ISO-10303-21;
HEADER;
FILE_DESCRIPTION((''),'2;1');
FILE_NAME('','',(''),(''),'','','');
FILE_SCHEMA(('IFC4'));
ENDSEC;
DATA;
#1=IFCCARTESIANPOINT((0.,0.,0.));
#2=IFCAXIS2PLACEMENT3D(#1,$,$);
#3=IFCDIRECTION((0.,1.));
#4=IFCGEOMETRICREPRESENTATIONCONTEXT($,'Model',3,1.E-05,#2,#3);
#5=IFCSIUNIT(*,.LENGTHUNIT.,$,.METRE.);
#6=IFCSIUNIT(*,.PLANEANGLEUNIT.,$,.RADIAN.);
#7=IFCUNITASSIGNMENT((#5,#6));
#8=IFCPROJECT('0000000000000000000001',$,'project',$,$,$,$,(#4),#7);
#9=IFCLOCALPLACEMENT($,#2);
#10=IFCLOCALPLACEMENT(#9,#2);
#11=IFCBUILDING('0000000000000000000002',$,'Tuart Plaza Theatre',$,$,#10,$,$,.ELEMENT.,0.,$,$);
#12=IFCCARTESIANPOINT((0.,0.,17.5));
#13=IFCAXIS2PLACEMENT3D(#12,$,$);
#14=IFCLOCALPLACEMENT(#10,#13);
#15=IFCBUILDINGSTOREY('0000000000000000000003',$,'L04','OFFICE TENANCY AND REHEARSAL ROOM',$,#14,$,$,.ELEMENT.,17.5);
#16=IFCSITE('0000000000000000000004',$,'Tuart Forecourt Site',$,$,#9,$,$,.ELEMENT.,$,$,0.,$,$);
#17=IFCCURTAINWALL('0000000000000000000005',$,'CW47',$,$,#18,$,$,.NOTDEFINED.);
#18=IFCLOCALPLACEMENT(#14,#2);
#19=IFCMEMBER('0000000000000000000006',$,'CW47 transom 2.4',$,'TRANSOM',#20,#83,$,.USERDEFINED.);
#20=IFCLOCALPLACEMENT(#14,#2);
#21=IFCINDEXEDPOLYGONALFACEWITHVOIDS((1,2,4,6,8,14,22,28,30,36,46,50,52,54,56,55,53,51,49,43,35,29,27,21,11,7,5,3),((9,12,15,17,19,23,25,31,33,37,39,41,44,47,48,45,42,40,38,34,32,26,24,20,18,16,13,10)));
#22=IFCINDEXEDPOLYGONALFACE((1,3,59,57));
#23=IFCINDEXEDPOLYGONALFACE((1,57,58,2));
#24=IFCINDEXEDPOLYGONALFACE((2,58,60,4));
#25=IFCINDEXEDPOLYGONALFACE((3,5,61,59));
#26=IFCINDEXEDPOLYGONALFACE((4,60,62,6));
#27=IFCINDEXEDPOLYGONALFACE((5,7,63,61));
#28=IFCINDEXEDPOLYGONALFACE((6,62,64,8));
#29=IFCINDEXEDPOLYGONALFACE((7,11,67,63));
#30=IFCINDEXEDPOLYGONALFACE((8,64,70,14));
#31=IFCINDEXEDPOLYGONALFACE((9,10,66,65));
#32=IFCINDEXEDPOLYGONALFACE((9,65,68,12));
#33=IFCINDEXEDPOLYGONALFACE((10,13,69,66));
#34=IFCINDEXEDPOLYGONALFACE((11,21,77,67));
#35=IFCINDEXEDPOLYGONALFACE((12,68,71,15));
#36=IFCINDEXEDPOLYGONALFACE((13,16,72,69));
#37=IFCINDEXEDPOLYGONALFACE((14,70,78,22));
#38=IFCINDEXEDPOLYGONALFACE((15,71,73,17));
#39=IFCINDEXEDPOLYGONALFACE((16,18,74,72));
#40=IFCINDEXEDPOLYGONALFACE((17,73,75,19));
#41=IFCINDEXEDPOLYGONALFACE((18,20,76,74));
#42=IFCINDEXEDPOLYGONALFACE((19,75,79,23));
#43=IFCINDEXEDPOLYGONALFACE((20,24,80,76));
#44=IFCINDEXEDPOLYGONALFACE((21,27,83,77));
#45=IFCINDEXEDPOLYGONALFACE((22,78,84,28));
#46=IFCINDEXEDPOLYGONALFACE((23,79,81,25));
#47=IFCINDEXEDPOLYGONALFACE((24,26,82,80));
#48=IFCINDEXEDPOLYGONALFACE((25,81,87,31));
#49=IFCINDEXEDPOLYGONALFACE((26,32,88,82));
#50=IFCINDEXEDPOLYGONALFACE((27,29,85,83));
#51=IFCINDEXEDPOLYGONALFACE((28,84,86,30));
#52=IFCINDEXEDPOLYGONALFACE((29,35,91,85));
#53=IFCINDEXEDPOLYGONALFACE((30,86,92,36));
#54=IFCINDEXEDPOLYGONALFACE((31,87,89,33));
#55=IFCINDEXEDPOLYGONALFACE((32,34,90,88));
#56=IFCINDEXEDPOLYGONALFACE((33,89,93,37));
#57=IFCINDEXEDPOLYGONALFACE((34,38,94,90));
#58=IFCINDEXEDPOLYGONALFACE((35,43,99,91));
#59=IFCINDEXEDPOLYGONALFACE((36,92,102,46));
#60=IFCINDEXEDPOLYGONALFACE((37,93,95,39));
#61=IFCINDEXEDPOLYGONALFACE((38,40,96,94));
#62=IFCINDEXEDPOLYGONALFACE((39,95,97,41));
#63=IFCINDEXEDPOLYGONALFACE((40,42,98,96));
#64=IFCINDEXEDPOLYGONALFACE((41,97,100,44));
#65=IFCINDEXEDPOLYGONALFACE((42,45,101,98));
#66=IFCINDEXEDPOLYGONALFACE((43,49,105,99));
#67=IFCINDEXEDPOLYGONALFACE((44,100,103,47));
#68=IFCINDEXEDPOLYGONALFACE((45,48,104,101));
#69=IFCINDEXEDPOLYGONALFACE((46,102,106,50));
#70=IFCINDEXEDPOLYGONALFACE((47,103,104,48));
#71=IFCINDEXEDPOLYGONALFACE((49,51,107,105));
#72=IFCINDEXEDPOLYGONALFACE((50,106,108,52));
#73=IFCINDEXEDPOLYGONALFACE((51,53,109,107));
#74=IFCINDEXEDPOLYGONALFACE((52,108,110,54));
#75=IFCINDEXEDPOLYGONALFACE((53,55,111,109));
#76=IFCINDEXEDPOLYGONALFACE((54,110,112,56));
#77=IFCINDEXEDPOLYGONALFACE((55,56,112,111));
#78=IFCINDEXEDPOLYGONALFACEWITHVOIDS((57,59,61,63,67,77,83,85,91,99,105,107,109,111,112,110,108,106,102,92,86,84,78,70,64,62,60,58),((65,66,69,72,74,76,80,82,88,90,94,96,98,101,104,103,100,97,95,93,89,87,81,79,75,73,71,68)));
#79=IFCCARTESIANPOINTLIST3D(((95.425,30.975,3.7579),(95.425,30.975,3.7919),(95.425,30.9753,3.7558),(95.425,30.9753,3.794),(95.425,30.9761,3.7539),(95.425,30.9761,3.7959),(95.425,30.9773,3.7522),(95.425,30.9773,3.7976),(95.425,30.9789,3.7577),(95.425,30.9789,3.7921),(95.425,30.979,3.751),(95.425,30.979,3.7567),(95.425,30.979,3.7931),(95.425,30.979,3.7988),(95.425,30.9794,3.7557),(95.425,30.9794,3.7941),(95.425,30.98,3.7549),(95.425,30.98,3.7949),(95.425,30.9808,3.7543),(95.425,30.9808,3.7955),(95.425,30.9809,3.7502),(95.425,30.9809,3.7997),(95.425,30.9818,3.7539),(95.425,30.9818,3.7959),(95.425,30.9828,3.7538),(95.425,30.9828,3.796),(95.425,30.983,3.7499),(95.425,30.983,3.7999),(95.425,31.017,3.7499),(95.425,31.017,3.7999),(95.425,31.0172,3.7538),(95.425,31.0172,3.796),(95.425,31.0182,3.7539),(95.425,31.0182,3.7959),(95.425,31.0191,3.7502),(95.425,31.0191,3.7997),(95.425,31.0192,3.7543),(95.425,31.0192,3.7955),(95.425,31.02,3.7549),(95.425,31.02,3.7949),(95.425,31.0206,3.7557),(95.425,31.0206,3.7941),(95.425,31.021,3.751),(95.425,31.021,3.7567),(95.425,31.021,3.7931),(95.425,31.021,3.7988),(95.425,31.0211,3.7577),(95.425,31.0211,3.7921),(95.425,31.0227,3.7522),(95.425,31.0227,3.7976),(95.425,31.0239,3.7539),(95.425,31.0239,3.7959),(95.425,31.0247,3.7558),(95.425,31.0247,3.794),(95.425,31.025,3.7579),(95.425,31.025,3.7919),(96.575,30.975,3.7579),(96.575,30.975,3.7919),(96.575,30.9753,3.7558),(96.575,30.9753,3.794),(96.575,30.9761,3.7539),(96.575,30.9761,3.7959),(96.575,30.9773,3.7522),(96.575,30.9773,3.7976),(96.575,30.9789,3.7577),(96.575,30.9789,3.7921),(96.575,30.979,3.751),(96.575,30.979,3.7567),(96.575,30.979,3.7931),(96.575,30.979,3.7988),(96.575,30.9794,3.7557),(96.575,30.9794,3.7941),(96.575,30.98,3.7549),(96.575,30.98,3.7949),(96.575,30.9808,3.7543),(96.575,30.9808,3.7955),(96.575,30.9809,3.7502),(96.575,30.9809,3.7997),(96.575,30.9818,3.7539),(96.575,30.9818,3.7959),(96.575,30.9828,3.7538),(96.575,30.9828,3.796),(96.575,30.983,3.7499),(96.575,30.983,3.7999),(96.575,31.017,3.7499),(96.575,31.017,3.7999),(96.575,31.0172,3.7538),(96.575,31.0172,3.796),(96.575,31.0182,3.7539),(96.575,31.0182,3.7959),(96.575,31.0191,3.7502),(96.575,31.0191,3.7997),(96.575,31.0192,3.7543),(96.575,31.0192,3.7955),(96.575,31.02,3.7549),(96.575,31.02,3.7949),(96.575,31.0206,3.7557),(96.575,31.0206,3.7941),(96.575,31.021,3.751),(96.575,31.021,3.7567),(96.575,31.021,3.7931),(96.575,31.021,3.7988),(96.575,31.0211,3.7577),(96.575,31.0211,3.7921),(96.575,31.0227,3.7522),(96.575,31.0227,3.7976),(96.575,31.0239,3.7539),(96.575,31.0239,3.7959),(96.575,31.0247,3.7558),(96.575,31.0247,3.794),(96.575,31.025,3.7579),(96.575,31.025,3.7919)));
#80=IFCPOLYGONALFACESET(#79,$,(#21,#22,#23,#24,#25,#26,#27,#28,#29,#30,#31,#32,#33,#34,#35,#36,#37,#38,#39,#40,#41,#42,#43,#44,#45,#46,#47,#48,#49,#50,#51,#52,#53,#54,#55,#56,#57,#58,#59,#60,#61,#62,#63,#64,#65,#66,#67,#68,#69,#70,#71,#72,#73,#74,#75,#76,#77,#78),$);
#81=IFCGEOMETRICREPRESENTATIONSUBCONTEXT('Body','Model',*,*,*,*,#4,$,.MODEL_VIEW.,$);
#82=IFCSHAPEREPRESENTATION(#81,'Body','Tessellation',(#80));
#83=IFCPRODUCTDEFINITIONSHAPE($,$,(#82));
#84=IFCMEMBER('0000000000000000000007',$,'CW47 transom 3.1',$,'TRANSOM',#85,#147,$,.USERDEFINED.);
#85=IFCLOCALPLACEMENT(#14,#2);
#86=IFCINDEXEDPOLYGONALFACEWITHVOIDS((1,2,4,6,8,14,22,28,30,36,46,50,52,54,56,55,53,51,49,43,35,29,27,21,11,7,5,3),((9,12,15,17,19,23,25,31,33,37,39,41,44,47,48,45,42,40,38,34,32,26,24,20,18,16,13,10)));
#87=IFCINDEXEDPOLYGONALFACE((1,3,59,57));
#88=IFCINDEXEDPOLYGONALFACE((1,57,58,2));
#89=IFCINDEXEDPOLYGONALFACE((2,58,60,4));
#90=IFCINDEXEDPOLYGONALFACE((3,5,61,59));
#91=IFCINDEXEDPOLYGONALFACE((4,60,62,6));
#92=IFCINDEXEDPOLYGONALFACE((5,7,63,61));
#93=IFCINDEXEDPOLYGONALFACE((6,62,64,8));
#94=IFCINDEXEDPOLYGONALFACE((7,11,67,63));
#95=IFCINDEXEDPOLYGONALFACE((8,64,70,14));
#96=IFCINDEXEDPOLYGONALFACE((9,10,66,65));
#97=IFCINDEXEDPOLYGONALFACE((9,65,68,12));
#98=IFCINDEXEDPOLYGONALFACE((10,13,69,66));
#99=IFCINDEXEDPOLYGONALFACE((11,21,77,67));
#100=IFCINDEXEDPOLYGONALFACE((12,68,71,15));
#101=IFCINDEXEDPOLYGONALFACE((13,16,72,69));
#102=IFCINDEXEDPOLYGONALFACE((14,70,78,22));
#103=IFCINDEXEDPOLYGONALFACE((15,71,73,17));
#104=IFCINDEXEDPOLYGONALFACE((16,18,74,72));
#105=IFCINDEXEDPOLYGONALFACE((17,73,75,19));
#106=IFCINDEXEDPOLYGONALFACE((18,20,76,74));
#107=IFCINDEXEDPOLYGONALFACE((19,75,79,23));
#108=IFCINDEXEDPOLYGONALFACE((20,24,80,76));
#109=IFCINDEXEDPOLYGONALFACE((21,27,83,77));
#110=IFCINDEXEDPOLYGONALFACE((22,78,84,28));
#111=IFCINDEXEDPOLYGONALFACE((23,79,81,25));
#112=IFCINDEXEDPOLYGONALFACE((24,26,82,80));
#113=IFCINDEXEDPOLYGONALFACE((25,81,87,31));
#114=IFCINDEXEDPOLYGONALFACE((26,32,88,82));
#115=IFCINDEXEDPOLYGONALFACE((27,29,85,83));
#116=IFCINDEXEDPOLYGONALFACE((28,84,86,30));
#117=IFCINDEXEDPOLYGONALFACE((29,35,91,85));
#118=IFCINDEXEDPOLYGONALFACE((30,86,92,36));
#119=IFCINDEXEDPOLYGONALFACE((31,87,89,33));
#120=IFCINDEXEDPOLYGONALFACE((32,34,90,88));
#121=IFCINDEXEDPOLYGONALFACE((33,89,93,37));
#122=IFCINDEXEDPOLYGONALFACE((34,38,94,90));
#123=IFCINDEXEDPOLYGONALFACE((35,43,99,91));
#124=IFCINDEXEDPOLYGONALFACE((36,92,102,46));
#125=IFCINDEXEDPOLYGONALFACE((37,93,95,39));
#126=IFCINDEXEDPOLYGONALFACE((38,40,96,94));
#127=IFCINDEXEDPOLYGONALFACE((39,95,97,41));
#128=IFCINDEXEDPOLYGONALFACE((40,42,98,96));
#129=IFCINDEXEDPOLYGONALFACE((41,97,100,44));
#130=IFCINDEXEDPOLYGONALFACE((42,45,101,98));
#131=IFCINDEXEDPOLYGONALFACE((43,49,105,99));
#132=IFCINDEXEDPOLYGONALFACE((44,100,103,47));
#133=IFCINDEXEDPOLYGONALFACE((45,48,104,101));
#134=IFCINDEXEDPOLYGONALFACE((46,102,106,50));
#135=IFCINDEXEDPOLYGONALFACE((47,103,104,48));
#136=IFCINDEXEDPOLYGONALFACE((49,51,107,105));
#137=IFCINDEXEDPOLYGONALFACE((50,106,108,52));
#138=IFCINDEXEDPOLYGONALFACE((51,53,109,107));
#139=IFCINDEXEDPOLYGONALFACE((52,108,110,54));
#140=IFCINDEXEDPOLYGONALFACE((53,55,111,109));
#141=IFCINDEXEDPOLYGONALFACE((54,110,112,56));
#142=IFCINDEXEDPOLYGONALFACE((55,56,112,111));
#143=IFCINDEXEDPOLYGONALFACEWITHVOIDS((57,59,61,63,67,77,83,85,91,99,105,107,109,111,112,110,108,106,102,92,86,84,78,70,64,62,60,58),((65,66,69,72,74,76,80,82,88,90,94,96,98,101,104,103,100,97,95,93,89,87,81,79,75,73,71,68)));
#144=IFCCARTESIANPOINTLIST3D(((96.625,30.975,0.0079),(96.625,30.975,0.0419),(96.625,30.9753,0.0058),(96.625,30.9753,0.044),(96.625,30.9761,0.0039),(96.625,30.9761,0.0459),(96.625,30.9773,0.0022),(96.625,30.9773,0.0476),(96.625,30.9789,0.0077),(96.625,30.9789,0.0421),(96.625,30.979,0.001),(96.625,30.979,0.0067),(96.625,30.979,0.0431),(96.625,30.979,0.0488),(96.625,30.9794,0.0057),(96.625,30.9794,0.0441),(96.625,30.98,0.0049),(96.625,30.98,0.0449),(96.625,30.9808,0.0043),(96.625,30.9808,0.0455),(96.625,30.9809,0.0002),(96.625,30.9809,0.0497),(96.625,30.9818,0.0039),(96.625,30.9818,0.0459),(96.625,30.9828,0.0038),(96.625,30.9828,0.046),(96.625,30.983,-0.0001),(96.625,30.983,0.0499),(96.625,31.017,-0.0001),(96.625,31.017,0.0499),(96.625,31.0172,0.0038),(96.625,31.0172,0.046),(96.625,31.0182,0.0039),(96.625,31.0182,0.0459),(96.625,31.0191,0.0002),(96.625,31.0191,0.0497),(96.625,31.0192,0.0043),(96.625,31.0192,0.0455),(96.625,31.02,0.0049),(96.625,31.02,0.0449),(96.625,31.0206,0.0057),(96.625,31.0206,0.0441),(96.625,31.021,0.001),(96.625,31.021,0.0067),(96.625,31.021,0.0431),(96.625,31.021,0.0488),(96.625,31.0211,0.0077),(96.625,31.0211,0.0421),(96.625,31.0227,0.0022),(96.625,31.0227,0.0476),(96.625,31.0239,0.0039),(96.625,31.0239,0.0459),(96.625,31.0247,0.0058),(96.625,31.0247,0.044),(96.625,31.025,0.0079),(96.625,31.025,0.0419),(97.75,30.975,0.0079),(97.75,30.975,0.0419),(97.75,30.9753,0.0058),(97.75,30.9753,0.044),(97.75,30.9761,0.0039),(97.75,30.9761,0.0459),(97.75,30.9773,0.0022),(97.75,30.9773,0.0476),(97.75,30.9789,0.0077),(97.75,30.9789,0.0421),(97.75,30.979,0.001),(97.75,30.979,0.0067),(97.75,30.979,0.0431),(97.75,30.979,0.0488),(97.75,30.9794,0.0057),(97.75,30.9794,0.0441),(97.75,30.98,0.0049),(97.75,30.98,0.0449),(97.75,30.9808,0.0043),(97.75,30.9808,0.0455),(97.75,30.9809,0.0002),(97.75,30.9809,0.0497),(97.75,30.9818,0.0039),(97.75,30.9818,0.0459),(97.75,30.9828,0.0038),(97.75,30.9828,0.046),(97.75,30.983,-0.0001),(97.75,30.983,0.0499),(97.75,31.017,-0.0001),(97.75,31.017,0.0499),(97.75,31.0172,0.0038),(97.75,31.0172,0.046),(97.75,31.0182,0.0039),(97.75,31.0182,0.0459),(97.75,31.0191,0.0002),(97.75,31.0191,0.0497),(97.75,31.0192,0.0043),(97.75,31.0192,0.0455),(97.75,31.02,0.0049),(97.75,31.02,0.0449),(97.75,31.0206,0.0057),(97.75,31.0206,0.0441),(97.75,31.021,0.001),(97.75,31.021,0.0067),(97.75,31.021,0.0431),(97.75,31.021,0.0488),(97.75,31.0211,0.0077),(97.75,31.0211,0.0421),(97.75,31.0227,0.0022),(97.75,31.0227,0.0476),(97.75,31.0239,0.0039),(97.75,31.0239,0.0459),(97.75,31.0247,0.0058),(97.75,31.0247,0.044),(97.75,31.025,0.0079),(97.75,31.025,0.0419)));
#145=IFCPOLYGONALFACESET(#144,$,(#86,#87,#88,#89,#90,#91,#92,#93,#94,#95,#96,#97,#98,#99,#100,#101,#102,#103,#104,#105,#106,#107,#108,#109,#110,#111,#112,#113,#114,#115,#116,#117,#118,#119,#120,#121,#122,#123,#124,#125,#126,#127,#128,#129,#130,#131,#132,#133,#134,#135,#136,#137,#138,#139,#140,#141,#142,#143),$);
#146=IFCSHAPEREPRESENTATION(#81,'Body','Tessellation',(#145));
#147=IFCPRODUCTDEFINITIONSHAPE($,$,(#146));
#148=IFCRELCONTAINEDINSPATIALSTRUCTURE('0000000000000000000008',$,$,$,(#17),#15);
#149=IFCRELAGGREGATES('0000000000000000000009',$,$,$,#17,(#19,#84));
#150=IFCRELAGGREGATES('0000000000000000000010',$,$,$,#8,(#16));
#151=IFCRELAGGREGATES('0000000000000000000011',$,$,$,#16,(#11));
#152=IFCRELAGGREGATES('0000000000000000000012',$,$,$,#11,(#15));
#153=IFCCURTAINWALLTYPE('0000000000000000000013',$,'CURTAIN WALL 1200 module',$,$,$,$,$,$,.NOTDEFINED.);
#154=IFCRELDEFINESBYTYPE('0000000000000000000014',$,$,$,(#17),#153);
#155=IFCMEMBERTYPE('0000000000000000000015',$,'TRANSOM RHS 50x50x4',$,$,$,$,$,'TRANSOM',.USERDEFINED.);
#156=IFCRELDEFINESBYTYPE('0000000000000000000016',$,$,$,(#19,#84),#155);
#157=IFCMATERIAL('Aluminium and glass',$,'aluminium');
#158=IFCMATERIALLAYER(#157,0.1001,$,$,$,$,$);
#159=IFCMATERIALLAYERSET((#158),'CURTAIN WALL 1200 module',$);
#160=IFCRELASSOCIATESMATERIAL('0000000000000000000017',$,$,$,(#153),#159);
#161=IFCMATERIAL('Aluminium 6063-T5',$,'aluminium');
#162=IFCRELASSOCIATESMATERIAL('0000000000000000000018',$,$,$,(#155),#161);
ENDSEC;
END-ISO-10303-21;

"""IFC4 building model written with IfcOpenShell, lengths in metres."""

from ifc_helpers import new_model, si_unit, direction, frame, origin, origin_2d, place, context, subcontext, project, spatial, hollow_rectangle, extrude, material, layer, layer_set, material_profile, profile_set, type_object, element, aggregate, save


model = new_model("IFC4")

# Units and contexts
model_context = context("Model", 3, precision=1e-05, world=origin(), true_north=direction((0.0, 1.0)))
body_context = subcontext(model_context, "Body", "Model", "MODEL_VIEW")
ifc_project = project(units=[si_unit("LENGTHUNIT", "METRE"), si_unit("PLANEANGLEUNIT", "RADIAN")], contexts=[model_context])

# Site, building, storey
site_placement = place(None, origin())
site = spatial("IfcSite", under=ifc_project, at=site_placement, Name="Tuart Forecourt Site", CompositionType="ELEMENT", RefElevation=0.0)
building_placement = place(site_placement, origin())
building = spatial("IfcBuilding", under=site, at=building_placement, Name="Tuart Plaza Theatre", CompositionType="ELEMENT", ElevationOfRefHeight=0.0)
storey_placement = place(building_placement, frame((0.0, 0.0, 17.5)))
storey = spatial("IfcBuildingStorey", under=building, at=storey_placement, Name="L04", Description="OFFICE TENANCY AND REHEARSAL ROOM", CompositionType="ELEMENT", Elevation=17.5)

# Curtain wall, members
ifc_material_1 = material(Name="Aluminium and glass", Category="aluminium")
ifc_layer_1 = layer(ifc_material_1, 0.1001)
ifc_layer_set_1 = layer_set([ifc_layer_1], Name="CURTAIN WALL 1200 module")
curtain_wall_type = type_object("IfcCurtainWallType", Name="CURTAIN WALL 1200 module", PredefinedType="NOTDEFINED", material=ifc_layer_set_1)
curtain_wall_placement = place(storey_placement, origin())
curtain_wall = element("IfcCurtainWall", 1, at=curtain_wall_placement, inside=storey, type_object=curtain_wall_type, Name="CW47", PredefinedType="NOTDEFINED")
ifc_material_2 = material(Name="Aluminium 6063-T5", Category="aluminium")
ifc_material_profile_1 = material_profile(ifc_material_2, hollow_rectangle(XDim=0.05, YDim=0.05, WallThickness=0.0039, InnerFilletRadius=0.0039, OuterFilletRadius=0.0081, at=origin_2d()), Name="RHS 50x50x4")
ifc_profile_set_1 = profile_set([ifc_material_profile_1], Name="Aluminium 6063-T5")
member_type_1 = type_object("IfcMemberType", Name="TRANSOM RHS 50x50x4", ElementType="TRANSOM", PredefinedType="USERDEFINED", material=ifc_profile_set_1)
member_1_placement = place(storey_placement, frame((95.425, 31.0, 3.7749), z_axis=(1.0, 0.0, 0.0), x_axis=(0.0, 1.0, 0.0)))
member_1 = element("IfcMember", 2, at=member_1_placement, type_object=member_type_1, Name="CW47 transom 2.4", ObjectType="TRANSOM", PredefinedType="USERDEFINED", context=body_context, shape_type="SweptSolid", body=[
    extrude(hollow_rectangle(XDim=0.05, YDim=0.05, WallThickness=0.0039, InnerFilletRadius=0.0039, OuterFilletRadius=0.0081, at=origin_2d()), origin(), (0.0, 0.0, 1.0), 1.1499),
])
member_2_placement = place(storey_placement, frame((96.625, 31.0, 0.0249), z_axis=(1.0, 0.0, 0.0), x_axis=(0.0, 1.0, 0.0)))
member_2 = element("IfcMember", 3, at=member_2_placement, type_object=member_type_1, Name="CW47 transom 3.1", ObjectType="TRANSOM", PredefinedType="USERDEFINED", context=body_context, shape_type="SweptSolid", body=[
    extrude(hollow_rectangle(XDim=0.05, YDim=0.05, WallThickness=0.0039, InnerFilletRadius=0.0039, OuterFilletRadius=0.0081, at=origin_2d()), origin(), (0.0, 0.0, 1.0), 1.125),
])
aggregate(curtain_wall, [member_1, member_2])

save(model, "model.ifc")
